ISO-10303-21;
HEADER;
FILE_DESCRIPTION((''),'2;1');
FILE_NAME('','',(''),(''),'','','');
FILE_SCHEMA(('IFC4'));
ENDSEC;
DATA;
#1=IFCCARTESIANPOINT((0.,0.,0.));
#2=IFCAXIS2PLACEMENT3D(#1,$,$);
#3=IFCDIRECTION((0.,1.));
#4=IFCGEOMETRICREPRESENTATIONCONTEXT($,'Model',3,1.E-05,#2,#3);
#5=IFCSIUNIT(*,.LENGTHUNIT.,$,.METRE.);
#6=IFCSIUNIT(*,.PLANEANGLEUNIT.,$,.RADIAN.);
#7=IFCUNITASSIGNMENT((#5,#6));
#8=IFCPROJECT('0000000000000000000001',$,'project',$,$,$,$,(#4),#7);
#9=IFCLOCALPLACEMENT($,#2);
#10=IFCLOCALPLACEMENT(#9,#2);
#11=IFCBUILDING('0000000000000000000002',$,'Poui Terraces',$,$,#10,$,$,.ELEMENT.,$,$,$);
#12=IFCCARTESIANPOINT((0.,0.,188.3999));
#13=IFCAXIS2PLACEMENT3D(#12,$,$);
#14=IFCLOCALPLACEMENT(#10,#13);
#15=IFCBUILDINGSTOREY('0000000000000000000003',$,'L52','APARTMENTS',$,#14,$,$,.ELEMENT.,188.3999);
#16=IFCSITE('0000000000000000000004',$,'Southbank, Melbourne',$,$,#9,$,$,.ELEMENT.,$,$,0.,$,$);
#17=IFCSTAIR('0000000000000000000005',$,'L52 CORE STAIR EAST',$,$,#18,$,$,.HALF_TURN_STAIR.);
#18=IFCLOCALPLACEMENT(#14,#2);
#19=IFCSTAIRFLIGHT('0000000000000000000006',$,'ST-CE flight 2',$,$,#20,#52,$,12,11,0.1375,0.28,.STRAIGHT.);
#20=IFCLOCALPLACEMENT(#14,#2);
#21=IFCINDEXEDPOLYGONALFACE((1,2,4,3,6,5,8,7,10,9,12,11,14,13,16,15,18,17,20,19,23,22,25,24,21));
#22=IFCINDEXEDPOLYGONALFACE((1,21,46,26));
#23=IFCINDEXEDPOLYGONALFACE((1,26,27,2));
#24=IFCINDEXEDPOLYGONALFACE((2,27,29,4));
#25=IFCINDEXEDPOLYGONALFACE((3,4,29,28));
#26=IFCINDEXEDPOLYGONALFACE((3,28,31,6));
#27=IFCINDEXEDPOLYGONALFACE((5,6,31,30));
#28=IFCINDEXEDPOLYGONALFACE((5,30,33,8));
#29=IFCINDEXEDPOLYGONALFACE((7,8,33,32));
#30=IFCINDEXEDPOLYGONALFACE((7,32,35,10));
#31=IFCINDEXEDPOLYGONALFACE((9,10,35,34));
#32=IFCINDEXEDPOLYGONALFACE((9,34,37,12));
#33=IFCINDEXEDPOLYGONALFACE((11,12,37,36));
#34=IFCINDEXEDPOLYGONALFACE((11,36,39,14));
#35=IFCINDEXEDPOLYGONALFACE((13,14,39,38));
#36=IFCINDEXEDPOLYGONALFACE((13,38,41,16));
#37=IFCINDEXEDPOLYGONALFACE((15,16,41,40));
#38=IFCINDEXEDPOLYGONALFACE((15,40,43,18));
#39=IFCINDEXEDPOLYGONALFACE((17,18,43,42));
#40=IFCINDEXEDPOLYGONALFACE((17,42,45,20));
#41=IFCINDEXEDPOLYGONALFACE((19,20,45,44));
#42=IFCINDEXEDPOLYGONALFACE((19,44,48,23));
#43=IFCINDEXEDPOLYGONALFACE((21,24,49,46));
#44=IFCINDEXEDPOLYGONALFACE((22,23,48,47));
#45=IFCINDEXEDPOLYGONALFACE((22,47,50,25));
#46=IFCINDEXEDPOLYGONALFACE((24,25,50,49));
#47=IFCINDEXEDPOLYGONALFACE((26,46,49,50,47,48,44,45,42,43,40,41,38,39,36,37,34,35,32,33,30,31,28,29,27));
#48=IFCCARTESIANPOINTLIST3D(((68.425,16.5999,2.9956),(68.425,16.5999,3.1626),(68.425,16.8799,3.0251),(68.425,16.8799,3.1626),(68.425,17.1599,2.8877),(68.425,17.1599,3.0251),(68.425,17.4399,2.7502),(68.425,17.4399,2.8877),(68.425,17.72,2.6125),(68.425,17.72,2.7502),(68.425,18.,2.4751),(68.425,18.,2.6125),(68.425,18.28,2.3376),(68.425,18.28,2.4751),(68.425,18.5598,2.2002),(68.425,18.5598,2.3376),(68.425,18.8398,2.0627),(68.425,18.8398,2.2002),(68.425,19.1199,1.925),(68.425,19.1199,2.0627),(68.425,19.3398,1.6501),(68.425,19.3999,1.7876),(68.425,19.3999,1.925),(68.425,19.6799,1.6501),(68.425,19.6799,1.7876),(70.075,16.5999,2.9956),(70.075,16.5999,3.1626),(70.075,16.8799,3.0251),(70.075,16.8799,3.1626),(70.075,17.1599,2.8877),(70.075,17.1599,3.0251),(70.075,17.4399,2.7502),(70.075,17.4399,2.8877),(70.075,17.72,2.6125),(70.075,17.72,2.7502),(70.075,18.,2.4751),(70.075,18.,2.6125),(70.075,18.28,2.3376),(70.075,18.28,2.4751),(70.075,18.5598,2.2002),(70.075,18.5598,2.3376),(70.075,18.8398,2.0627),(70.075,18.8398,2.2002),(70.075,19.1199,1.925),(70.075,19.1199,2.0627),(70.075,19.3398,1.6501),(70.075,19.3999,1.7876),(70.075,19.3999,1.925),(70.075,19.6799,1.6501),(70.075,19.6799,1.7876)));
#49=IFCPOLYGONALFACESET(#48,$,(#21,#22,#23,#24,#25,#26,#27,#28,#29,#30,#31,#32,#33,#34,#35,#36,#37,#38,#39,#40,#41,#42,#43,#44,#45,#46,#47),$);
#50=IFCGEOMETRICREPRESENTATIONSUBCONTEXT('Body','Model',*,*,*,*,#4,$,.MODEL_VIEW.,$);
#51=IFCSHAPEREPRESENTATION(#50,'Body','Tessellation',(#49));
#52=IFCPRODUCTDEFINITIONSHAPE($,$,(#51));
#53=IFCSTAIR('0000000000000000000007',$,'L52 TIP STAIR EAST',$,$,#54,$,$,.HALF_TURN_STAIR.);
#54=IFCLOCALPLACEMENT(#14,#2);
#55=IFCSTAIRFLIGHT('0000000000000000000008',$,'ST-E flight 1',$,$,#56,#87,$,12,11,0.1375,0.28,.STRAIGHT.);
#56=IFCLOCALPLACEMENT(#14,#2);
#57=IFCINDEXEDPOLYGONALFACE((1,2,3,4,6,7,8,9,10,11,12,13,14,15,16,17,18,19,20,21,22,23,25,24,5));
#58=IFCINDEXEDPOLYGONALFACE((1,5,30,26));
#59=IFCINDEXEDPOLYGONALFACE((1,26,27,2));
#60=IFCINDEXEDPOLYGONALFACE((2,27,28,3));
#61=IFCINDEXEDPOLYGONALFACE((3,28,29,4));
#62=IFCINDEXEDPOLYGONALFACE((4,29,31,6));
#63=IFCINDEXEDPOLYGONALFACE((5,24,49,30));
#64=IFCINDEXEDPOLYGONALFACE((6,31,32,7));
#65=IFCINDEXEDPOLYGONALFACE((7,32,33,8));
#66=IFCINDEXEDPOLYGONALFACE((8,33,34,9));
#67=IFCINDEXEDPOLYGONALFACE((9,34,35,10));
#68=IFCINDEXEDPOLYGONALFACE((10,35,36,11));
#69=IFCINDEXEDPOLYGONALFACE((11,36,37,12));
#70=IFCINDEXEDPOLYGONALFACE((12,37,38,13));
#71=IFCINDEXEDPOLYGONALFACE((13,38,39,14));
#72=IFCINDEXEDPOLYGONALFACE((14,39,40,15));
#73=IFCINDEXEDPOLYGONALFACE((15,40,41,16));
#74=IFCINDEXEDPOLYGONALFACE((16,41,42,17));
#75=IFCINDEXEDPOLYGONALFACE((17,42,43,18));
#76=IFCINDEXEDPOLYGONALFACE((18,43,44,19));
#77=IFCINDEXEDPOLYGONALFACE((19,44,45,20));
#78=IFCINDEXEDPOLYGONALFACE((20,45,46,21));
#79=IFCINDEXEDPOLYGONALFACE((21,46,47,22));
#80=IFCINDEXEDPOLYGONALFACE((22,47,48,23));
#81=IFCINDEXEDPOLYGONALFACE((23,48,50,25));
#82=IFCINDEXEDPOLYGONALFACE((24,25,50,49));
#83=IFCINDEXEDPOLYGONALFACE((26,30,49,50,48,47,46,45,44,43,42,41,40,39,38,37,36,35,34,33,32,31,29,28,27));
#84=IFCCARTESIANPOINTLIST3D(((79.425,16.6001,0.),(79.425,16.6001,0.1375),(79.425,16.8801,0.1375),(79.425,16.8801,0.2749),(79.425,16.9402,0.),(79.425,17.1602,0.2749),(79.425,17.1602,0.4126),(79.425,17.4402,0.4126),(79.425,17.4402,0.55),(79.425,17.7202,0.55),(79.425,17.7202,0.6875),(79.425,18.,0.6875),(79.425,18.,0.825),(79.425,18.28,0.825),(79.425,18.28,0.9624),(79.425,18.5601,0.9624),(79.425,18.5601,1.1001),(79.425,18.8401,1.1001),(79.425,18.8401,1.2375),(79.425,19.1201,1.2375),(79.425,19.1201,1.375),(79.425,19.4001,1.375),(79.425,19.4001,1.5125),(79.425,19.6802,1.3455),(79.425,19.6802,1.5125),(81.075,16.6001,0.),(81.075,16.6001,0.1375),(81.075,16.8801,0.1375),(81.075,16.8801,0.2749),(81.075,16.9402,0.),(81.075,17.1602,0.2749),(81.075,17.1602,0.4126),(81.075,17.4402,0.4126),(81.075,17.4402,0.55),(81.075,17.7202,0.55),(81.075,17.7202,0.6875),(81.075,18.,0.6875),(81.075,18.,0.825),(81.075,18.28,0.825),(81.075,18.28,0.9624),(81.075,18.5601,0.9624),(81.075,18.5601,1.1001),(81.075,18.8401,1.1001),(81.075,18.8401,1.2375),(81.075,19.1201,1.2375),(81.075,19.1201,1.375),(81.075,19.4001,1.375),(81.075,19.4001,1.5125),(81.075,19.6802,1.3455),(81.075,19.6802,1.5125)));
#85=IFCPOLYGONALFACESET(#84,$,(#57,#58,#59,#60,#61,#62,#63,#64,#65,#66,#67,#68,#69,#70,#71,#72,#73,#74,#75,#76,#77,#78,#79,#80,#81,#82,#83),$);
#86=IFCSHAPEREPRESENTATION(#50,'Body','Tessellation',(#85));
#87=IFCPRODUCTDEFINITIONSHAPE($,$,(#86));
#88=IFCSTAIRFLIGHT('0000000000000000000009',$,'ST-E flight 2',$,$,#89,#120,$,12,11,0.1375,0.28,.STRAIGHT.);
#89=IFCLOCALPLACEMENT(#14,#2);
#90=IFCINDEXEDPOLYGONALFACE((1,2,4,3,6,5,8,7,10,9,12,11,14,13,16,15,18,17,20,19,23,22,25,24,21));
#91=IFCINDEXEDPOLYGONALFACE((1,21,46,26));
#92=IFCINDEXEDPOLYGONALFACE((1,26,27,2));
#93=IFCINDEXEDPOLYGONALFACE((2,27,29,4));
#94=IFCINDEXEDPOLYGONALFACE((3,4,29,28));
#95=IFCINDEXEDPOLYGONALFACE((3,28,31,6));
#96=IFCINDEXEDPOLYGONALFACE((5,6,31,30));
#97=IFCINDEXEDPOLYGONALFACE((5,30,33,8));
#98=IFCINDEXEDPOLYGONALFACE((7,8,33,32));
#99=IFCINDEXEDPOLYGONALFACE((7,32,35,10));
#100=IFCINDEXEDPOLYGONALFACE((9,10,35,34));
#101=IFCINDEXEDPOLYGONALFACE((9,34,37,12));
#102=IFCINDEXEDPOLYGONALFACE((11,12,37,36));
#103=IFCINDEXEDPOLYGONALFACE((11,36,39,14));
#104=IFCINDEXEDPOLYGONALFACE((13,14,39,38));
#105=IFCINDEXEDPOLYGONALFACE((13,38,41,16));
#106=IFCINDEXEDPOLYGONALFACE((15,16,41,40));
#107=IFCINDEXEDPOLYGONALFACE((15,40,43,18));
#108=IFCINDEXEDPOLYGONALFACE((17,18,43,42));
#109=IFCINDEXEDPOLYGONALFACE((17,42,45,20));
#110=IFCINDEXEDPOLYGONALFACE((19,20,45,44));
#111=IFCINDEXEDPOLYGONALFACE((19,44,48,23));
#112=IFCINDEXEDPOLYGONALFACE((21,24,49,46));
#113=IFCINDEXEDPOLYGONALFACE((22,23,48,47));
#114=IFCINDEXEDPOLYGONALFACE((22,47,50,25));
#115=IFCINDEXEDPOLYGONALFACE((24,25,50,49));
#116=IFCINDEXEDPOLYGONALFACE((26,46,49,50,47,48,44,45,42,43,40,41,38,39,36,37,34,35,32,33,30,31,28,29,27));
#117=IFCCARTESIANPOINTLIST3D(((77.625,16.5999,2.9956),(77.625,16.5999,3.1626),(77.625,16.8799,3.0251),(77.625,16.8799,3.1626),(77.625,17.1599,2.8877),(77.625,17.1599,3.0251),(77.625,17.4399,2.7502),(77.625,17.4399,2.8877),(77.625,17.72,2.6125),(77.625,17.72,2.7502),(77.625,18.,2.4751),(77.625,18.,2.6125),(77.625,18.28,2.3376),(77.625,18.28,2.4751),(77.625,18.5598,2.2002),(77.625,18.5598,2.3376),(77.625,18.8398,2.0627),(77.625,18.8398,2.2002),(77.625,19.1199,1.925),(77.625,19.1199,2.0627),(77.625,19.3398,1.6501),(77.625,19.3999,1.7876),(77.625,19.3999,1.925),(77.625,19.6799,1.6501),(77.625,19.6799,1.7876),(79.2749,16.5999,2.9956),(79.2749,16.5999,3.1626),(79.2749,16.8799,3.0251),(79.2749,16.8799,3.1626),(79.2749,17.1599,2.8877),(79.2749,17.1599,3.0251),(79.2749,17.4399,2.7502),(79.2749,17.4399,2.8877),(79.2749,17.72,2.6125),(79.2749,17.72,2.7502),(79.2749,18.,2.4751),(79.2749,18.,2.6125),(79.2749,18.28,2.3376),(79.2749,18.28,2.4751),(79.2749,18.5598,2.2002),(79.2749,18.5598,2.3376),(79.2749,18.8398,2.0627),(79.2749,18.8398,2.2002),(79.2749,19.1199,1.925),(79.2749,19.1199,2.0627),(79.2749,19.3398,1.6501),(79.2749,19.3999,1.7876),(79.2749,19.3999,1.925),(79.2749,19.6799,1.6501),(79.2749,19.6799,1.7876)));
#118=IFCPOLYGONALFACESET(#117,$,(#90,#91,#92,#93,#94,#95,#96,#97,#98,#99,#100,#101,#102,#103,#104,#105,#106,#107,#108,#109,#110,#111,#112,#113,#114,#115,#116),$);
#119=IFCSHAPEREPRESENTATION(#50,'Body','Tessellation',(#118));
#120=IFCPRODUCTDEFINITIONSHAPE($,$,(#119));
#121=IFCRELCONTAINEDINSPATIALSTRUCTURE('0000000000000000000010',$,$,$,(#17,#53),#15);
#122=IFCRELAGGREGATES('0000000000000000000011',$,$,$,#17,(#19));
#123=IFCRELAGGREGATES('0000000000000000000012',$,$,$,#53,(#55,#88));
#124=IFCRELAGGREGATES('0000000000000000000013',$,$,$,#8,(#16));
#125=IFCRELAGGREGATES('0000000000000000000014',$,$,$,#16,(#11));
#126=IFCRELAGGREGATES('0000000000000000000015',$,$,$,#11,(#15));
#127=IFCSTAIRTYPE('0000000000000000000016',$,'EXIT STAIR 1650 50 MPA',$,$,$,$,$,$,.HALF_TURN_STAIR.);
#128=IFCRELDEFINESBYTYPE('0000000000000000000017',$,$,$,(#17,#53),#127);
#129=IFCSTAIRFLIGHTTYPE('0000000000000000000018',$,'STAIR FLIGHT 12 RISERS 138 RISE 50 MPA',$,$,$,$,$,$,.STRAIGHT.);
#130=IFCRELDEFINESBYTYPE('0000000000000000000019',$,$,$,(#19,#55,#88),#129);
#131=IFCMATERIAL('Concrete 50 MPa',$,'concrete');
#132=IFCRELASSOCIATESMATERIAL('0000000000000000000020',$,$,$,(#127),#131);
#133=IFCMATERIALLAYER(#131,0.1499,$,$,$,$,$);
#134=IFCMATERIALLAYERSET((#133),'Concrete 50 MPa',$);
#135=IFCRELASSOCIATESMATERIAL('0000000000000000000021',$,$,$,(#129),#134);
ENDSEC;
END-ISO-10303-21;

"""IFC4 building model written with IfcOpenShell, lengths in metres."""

from ifc_helpers import new_model, si_unit, direction, frame, origin, place, context, subcontext, project, spatial, polyline, outline, extrude, material, layer, layer_set, type_object, element, aggregate, save


model = new_model("IFC4")

# Units and contexts
model_context = context("Model", 3, precision=1e-05, world=origin(), true_north=direction((0.0, 1.0)))
body_context = subcontext(model_context, "Body", "Model", "MODEL_VIEW")
ifc_project = project(units=[si_unit("LENGTHUNIT", "METRE"), si_unit("PLANEANGLEUNIT", "RADIAN")], contexts=[model_context])

# Site, building, storey
site_placement = place(None, origin())
site = spatial("IfcSite", under=ifc_project, at=site_placement, Name="Southbank, Melbourne", CompositionType="ELEMENT", RefElevation=0.0)
building_placement = place(site_placement, origin())
building = spatial("IfcBuilding", under=site, at=building_placement, Name="Poui Terraces", CompositionType="ELEMENT")
storey_placement = place(building_placement, frame((0.0, 0.0, 188.3999)))
storey = spatial("IfcBuildingStorey", under=building, at=storey_placement, Name="L52", Description="APARTMENTS", CompositionType="ELEMENT", Elevation=188.3999)

# Shared definitions
ifc_material_1 = material(Name="Concrete 50 MPa", Category="concrete")

# Stairs, stair flights
stair_type = type_object("IfcStairType", Name="EXIT STAIR 1650 50 MPA", PredefinedType="HALF_TURN_STAIR", material=ifc_material_1)
stair_1_placement = place(storey_placement, origin())
stair_1 = element("IfcStair", 1, at=stair_1_placement, inside=storey, type_object=stair_type, Name="L52 CORE STAIR EAST", PredefinedType="HALF_TURN_STAIR")
ifc_layer_1 = layer(ifc_material_1, 0.1499)
ifc_layer_set_1 = layer_set([ifc_layer_1], Name="Concrete 50 MPa")
stair_flight_type = type_object("IfcStairFlightType", Name="STAIR FLIGHT 12 RISERS 138 RISE 50 MPA", PredefinedType="STRAIGHT", material=ifc_layer_set_1)
stair_flight_1_placement = place(storey_placement, frame((69.25, 19.6799, 1.6501), z_axis=(0.0, 0.0, 1.0), x_axis=(0.0, -1.0, 0.0)))
stair_flight_1 = element("IfcStairFlight", 2, at=stair_flight_1_placement, type_object=stair_flight_type, Name="ST-CE flight 2", NumberOfRisers=12, NumberOfTreads=11, PredefinedType="STRAIGHT", RiserHeight=0.1375, TreadLength=0.28, context=body_context, shape_type="SweptSolid", body=[
    extrude(outline(polyline([(0.0, 0.0), (0.0, 0.1375), (0.28, 0.1375), (0.28, 0.2749), (0.5601, 0.2749), (0.5601, 0.4126), (0.8401, 0.4126), (0.8401, 0.55), (1.1201, 0.55), (1.1201, 0.6875), (1.3999, 0.6875), (1.3999, 0.825), (1.6799, 0.825), (1.6799, 0.9624), (1.96, 0.9624), (1.96, 1.1001), (2.24, 1.1001), (2.24, 1.2375), (2.52, 1.2375), (2.52, 1.375), (2.8, 1.375), (2.8, 1.5125), (3.0801, 1.5125), (3.0801, 1.6499), (3.0801, 1.3455), (0.3401, 0.0), (0.0, 0.0)])), frame((0.0, 0.825, 0.0), z_axis=(0.0, -1.0, 0.0), x_axis=(1.0, 0.0, 0.0)), (0.0, 0.0, 1.0), 1.6499),
])
aggregate(stair_1, [stair_flight_1])
stair_2_placement = place(storey_placement, origin())
stair_2 = element("IfcStair", 3, at=stair_2_placement, inside=storey, type_object=stair_type, Name="L52 TIP STAIR EAST", PredefinedType="HALF_TURN_STAIR")
stair_flight_2_placement = place(storey_placement, frame((80.25, 16.6001, 0.0), z_axis=(0.0, 0.0, 1.0), x_axis=(0.0, 1.0, 0.0)))
stair_flight_2 = element("IfcStairFlight", 4, at=stair_flight_2_placement, type_object=stair_flight_type, Name="ST-E flight 1", NumberOfRisers=12, NumberOfTreads=11, PredefinedType="STRAIGHT", RiserHeight=0.1375, TreadLength=0.28, context=body_context, shape_type="SweptSolid", body=[
    extrude(outline(polyline([(0.0, 0.0), (0.0, 0.1375), (0.28, 0.1375), (0.28, 0.2749), (0.5601, 0.2749), (0.5601, 0.4126), (0.8401, 0.4126), (0.8401, 0.55), (1.1201, 0.55), (1.1201, 0.6875), (1.3999, 0.6875), (1.3999, 0.825), (1.6799, 0.825), (1.6799, 0.9624), (1.96, 0.9624), (1.96, 1.1001), (2.24, 1.1001), (2.24, 1.2375), (2.52, 1.2375), (2.52, 1.375), (2.8, 1.375), (2.8, 1.5125), (3.0801, 1.5125), (3.0801, 1.6499), (3.0801, 1.3455), (0.3401, 0.0), (0.0, 0.0)])), frame((0.0, 0.825, 0.0), z_axis=(0.0, -1.0, 0.0), x_axis=(1.0, 0.0, 0.0)), (0.0, 0.0, 1.0), 1.6499),
])
stair_flight_3_placement = place(storey_placement, frame((78.45, 19.6799, 1.6501), z_axis=(0.0, 0.0, 1.0), x_axis=(0.0, -1.0, 0.0)))
stair_flight_3 = element("IfcStairFlight", 5, at=stair_flight_3_placement, type_object=stair_flight_type, Name="ST-E flight 2", NumberOfRisers=12, NumberOfTreads=11, PredefinedType="STRAIGHT", RiserHeight=0.1375, TreadLength=0.28, context=body_context, shape_type="SweptSolid", body=[
    extrude(outline(polyline([(0.0, 0.0), (0.0, 0.1375), (0.28, 0.1375), (0.28, 0.2749), (0.5601, 0.2749), (0.5601, 0.4126), (0.8401, 0.4126), (0.8401, 0.55), (1.1201, 0.55), (1.1201, 0.6875), (1.3999, 0.6875), (1.3999, 0.825), (1.6799, 0.825), (1.6799, 0.9624), (1.96, 0.9624), (1.96, 1.1001), (2.24, 1.1001), (2.24, 1.2375), (2.52, 1.2375), (2.52, 1.375), (2.8, 1.375), (2.8, 1.5125), (3.0801, 1.5125), (3.0801, 1.6499), (3.0801, 1.3455), (0.3401, 0.0), (0.0, 0.0)])), frame((0.0, 0.825, 0.0), z_axis=(0.0, -1.0, 0.0), x_axis=(1.0, 0.0, 0.0)), (0.0, 0.0, 1.0), 1.6499),
])
aggregate(stair_2, [stair_flight_2, stair_flight_3])

save(model, "model.ifc")
